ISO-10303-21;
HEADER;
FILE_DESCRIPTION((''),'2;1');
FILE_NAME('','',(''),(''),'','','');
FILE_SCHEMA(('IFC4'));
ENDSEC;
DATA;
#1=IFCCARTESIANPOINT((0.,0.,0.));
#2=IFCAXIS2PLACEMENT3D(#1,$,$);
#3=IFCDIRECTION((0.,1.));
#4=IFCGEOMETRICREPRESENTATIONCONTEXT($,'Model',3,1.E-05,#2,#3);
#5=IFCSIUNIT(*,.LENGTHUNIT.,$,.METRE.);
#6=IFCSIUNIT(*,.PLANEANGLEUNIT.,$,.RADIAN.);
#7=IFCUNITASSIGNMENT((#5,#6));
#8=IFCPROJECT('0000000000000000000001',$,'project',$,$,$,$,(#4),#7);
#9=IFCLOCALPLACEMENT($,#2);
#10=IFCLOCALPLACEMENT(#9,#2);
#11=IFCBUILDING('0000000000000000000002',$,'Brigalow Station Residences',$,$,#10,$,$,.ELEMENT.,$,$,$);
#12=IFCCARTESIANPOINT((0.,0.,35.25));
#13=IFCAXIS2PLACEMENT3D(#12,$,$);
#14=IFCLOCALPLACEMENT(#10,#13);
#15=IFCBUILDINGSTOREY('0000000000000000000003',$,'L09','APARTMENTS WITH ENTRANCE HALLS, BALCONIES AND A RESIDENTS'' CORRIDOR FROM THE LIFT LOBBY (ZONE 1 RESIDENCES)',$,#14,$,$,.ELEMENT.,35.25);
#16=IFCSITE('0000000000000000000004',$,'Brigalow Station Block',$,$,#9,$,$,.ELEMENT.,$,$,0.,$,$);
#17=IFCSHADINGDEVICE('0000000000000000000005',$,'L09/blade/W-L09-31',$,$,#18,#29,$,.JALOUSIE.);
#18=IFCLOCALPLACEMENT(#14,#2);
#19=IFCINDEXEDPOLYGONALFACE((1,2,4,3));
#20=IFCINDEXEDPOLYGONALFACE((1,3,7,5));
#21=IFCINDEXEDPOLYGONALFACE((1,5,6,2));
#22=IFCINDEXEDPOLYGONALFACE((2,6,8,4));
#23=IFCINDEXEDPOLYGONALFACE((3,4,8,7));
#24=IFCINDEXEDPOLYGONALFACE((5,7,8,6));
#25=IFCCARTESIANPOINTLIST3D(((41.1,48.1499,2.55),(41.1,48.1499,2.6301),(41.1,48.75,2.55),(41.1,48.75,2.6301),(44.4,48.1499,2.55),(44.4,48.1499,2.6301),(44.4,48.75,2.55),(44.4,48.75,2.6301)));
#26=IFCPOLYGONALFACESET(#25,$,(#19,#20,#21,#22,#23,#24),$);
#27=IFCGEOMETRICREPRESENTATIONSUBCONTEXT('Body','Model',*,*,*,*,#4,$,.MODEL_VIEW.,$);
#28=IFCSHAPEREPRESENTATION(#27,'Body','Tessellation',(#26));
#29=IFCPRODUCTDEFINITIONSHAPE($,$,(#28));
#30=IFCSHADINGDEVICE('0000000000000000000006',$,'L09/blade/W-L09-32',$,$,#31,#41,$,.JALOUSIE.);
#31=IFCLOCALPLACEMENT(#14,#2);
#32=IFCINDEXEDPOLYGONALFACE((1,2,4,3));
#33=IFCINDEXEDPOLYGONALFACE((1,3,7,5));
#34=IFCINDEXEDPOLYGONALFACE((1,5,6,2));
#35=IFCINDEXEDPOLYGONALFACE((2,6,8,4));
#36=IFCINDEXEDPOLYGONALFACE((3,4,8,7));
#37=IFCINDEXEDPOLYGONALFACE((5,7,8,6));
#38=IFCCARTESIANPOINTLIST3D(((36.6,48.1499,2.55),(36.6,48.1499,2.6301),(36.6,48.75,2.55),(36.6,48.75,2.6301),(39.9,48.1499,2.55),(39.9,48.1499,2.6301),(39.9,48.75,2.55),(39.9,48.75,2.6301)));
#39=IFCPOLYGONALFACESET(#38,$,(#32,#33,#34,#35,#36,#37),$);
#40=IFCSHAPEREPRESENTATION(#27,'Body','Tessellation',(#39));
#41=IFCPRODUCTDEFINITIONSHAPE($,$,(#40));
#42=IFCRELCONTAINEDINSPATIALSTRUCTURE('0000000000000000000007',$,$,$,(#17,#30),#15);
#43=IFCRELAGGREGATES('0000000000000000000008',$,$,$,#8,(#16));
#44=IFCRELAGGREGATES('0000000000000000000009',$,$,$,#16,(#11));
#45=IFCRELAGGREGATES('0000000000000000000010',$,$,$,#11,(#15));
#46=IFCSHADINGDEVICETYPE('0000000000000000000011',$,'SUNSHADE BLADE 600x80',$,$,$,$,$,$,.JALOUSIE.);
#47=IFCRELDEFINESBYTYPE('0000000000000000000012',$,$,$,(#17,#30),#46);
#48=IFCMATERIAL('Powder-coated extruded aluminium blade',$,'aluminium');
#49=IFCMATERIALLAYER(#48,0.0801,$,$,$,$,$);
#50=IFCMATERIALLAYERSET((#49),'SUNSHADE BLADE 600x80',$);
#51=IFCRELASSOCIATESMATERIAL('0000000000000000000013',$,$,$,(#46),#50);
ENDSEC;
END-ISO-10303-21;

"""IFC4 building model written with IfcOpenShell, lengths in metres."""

from ifc_helpers import new_model, si_unit, direction, frame, origin, origin_2d, place, context, subcontext, project, spatial, rectangle, extrude, material, layer, layer_set, type_object, element, save


model = new_model("IFC4")

# Units and contexts
model_context = context("Model", 3, precision=1e-05, world=origin(), true_north=direction((0.0, 1.0)))
body_context = subcontext(model_context, "Body", "Model", "MODEL_VIEW")
ifc_project = project(units=[si_unit("LENGTHUNIT", "METRE"), si_unit("PLANEANGLEUNIT", "RADIAN")], contexts=[model_context])

# Site, building, storey
site_placement = place(None, origin())
site = spatial("IfcSite", under=ifc_project, at=site_placement, Name="Brigalow Station Block", CompositionType="ELEMENT", RefElevation=0.0)
building_placement = place(site_placement, origin())
building = spatial("IfcBuilding", under=site, at=building_placement, Name="Brigalow Station Residences", CompositionType="ELEMENT")
storey_placement = place(building_placement, frame((0.0, 0.0, 35.25)))
storey = spatial("IfcBuildingStorey", under=building, at=storey_placement, Name="L09", Description="APARTMENTS WITH ENTRANCE HALLS, BALCONIES AND A RESIDENTS' CORRIDOR FROM THE LIFT LOBBY (ZONE 1 RESIDENCES)", CompositionType="ELEMENT", Elevation=35.25)

# Shading devices
ifc_material_1 = material(Name="Powder-coated extruded aluminium blade", Category="aluminium")
ifc_layer_1 = layer(ifc_material_1, 0.0801)
ifc_layer_set_1 = layer_set([ifc_layer_1], Name="SUNSHADE BLADE 600x80")
shading_device_type = type_object("IfcShadingDeviceType", Name="SUNSHADE BLADE 600x80", PredefinedType="JALOUSIE", material=ifc_layer_set_1)
for number, where, z_axis, x_axis, name in (
    (1, (42.75, 48.45, 2.55), (0.0, 0.0, 1.0), (-1.0, 0.0, 0.0), "L09/blade/W-L09-31"),
    (2, (38.25, 48.45, 2.55), (0.0, 0.0, 1.0), (-1.0, 0.0, 0.0), "L09/blade/W-L09-32"),
):
    element("IfcShadingDevice", number, at=place(storey_placement, frame(where, z_axis=z_axis, x_axis=x_axis)), inside=storey, type_object=shading_device_type, Name=name, PredefinedType="JALOUSIE", context=body_context, shape_type="SweptSolid", body=[
        extrude(rectangle(XDim=3.3, YDim=0.6001, at=origin_2d()), origin(), (0.0, 0.0, 1.0), 0.0801),
    ])

save(model, "model.ifc")
